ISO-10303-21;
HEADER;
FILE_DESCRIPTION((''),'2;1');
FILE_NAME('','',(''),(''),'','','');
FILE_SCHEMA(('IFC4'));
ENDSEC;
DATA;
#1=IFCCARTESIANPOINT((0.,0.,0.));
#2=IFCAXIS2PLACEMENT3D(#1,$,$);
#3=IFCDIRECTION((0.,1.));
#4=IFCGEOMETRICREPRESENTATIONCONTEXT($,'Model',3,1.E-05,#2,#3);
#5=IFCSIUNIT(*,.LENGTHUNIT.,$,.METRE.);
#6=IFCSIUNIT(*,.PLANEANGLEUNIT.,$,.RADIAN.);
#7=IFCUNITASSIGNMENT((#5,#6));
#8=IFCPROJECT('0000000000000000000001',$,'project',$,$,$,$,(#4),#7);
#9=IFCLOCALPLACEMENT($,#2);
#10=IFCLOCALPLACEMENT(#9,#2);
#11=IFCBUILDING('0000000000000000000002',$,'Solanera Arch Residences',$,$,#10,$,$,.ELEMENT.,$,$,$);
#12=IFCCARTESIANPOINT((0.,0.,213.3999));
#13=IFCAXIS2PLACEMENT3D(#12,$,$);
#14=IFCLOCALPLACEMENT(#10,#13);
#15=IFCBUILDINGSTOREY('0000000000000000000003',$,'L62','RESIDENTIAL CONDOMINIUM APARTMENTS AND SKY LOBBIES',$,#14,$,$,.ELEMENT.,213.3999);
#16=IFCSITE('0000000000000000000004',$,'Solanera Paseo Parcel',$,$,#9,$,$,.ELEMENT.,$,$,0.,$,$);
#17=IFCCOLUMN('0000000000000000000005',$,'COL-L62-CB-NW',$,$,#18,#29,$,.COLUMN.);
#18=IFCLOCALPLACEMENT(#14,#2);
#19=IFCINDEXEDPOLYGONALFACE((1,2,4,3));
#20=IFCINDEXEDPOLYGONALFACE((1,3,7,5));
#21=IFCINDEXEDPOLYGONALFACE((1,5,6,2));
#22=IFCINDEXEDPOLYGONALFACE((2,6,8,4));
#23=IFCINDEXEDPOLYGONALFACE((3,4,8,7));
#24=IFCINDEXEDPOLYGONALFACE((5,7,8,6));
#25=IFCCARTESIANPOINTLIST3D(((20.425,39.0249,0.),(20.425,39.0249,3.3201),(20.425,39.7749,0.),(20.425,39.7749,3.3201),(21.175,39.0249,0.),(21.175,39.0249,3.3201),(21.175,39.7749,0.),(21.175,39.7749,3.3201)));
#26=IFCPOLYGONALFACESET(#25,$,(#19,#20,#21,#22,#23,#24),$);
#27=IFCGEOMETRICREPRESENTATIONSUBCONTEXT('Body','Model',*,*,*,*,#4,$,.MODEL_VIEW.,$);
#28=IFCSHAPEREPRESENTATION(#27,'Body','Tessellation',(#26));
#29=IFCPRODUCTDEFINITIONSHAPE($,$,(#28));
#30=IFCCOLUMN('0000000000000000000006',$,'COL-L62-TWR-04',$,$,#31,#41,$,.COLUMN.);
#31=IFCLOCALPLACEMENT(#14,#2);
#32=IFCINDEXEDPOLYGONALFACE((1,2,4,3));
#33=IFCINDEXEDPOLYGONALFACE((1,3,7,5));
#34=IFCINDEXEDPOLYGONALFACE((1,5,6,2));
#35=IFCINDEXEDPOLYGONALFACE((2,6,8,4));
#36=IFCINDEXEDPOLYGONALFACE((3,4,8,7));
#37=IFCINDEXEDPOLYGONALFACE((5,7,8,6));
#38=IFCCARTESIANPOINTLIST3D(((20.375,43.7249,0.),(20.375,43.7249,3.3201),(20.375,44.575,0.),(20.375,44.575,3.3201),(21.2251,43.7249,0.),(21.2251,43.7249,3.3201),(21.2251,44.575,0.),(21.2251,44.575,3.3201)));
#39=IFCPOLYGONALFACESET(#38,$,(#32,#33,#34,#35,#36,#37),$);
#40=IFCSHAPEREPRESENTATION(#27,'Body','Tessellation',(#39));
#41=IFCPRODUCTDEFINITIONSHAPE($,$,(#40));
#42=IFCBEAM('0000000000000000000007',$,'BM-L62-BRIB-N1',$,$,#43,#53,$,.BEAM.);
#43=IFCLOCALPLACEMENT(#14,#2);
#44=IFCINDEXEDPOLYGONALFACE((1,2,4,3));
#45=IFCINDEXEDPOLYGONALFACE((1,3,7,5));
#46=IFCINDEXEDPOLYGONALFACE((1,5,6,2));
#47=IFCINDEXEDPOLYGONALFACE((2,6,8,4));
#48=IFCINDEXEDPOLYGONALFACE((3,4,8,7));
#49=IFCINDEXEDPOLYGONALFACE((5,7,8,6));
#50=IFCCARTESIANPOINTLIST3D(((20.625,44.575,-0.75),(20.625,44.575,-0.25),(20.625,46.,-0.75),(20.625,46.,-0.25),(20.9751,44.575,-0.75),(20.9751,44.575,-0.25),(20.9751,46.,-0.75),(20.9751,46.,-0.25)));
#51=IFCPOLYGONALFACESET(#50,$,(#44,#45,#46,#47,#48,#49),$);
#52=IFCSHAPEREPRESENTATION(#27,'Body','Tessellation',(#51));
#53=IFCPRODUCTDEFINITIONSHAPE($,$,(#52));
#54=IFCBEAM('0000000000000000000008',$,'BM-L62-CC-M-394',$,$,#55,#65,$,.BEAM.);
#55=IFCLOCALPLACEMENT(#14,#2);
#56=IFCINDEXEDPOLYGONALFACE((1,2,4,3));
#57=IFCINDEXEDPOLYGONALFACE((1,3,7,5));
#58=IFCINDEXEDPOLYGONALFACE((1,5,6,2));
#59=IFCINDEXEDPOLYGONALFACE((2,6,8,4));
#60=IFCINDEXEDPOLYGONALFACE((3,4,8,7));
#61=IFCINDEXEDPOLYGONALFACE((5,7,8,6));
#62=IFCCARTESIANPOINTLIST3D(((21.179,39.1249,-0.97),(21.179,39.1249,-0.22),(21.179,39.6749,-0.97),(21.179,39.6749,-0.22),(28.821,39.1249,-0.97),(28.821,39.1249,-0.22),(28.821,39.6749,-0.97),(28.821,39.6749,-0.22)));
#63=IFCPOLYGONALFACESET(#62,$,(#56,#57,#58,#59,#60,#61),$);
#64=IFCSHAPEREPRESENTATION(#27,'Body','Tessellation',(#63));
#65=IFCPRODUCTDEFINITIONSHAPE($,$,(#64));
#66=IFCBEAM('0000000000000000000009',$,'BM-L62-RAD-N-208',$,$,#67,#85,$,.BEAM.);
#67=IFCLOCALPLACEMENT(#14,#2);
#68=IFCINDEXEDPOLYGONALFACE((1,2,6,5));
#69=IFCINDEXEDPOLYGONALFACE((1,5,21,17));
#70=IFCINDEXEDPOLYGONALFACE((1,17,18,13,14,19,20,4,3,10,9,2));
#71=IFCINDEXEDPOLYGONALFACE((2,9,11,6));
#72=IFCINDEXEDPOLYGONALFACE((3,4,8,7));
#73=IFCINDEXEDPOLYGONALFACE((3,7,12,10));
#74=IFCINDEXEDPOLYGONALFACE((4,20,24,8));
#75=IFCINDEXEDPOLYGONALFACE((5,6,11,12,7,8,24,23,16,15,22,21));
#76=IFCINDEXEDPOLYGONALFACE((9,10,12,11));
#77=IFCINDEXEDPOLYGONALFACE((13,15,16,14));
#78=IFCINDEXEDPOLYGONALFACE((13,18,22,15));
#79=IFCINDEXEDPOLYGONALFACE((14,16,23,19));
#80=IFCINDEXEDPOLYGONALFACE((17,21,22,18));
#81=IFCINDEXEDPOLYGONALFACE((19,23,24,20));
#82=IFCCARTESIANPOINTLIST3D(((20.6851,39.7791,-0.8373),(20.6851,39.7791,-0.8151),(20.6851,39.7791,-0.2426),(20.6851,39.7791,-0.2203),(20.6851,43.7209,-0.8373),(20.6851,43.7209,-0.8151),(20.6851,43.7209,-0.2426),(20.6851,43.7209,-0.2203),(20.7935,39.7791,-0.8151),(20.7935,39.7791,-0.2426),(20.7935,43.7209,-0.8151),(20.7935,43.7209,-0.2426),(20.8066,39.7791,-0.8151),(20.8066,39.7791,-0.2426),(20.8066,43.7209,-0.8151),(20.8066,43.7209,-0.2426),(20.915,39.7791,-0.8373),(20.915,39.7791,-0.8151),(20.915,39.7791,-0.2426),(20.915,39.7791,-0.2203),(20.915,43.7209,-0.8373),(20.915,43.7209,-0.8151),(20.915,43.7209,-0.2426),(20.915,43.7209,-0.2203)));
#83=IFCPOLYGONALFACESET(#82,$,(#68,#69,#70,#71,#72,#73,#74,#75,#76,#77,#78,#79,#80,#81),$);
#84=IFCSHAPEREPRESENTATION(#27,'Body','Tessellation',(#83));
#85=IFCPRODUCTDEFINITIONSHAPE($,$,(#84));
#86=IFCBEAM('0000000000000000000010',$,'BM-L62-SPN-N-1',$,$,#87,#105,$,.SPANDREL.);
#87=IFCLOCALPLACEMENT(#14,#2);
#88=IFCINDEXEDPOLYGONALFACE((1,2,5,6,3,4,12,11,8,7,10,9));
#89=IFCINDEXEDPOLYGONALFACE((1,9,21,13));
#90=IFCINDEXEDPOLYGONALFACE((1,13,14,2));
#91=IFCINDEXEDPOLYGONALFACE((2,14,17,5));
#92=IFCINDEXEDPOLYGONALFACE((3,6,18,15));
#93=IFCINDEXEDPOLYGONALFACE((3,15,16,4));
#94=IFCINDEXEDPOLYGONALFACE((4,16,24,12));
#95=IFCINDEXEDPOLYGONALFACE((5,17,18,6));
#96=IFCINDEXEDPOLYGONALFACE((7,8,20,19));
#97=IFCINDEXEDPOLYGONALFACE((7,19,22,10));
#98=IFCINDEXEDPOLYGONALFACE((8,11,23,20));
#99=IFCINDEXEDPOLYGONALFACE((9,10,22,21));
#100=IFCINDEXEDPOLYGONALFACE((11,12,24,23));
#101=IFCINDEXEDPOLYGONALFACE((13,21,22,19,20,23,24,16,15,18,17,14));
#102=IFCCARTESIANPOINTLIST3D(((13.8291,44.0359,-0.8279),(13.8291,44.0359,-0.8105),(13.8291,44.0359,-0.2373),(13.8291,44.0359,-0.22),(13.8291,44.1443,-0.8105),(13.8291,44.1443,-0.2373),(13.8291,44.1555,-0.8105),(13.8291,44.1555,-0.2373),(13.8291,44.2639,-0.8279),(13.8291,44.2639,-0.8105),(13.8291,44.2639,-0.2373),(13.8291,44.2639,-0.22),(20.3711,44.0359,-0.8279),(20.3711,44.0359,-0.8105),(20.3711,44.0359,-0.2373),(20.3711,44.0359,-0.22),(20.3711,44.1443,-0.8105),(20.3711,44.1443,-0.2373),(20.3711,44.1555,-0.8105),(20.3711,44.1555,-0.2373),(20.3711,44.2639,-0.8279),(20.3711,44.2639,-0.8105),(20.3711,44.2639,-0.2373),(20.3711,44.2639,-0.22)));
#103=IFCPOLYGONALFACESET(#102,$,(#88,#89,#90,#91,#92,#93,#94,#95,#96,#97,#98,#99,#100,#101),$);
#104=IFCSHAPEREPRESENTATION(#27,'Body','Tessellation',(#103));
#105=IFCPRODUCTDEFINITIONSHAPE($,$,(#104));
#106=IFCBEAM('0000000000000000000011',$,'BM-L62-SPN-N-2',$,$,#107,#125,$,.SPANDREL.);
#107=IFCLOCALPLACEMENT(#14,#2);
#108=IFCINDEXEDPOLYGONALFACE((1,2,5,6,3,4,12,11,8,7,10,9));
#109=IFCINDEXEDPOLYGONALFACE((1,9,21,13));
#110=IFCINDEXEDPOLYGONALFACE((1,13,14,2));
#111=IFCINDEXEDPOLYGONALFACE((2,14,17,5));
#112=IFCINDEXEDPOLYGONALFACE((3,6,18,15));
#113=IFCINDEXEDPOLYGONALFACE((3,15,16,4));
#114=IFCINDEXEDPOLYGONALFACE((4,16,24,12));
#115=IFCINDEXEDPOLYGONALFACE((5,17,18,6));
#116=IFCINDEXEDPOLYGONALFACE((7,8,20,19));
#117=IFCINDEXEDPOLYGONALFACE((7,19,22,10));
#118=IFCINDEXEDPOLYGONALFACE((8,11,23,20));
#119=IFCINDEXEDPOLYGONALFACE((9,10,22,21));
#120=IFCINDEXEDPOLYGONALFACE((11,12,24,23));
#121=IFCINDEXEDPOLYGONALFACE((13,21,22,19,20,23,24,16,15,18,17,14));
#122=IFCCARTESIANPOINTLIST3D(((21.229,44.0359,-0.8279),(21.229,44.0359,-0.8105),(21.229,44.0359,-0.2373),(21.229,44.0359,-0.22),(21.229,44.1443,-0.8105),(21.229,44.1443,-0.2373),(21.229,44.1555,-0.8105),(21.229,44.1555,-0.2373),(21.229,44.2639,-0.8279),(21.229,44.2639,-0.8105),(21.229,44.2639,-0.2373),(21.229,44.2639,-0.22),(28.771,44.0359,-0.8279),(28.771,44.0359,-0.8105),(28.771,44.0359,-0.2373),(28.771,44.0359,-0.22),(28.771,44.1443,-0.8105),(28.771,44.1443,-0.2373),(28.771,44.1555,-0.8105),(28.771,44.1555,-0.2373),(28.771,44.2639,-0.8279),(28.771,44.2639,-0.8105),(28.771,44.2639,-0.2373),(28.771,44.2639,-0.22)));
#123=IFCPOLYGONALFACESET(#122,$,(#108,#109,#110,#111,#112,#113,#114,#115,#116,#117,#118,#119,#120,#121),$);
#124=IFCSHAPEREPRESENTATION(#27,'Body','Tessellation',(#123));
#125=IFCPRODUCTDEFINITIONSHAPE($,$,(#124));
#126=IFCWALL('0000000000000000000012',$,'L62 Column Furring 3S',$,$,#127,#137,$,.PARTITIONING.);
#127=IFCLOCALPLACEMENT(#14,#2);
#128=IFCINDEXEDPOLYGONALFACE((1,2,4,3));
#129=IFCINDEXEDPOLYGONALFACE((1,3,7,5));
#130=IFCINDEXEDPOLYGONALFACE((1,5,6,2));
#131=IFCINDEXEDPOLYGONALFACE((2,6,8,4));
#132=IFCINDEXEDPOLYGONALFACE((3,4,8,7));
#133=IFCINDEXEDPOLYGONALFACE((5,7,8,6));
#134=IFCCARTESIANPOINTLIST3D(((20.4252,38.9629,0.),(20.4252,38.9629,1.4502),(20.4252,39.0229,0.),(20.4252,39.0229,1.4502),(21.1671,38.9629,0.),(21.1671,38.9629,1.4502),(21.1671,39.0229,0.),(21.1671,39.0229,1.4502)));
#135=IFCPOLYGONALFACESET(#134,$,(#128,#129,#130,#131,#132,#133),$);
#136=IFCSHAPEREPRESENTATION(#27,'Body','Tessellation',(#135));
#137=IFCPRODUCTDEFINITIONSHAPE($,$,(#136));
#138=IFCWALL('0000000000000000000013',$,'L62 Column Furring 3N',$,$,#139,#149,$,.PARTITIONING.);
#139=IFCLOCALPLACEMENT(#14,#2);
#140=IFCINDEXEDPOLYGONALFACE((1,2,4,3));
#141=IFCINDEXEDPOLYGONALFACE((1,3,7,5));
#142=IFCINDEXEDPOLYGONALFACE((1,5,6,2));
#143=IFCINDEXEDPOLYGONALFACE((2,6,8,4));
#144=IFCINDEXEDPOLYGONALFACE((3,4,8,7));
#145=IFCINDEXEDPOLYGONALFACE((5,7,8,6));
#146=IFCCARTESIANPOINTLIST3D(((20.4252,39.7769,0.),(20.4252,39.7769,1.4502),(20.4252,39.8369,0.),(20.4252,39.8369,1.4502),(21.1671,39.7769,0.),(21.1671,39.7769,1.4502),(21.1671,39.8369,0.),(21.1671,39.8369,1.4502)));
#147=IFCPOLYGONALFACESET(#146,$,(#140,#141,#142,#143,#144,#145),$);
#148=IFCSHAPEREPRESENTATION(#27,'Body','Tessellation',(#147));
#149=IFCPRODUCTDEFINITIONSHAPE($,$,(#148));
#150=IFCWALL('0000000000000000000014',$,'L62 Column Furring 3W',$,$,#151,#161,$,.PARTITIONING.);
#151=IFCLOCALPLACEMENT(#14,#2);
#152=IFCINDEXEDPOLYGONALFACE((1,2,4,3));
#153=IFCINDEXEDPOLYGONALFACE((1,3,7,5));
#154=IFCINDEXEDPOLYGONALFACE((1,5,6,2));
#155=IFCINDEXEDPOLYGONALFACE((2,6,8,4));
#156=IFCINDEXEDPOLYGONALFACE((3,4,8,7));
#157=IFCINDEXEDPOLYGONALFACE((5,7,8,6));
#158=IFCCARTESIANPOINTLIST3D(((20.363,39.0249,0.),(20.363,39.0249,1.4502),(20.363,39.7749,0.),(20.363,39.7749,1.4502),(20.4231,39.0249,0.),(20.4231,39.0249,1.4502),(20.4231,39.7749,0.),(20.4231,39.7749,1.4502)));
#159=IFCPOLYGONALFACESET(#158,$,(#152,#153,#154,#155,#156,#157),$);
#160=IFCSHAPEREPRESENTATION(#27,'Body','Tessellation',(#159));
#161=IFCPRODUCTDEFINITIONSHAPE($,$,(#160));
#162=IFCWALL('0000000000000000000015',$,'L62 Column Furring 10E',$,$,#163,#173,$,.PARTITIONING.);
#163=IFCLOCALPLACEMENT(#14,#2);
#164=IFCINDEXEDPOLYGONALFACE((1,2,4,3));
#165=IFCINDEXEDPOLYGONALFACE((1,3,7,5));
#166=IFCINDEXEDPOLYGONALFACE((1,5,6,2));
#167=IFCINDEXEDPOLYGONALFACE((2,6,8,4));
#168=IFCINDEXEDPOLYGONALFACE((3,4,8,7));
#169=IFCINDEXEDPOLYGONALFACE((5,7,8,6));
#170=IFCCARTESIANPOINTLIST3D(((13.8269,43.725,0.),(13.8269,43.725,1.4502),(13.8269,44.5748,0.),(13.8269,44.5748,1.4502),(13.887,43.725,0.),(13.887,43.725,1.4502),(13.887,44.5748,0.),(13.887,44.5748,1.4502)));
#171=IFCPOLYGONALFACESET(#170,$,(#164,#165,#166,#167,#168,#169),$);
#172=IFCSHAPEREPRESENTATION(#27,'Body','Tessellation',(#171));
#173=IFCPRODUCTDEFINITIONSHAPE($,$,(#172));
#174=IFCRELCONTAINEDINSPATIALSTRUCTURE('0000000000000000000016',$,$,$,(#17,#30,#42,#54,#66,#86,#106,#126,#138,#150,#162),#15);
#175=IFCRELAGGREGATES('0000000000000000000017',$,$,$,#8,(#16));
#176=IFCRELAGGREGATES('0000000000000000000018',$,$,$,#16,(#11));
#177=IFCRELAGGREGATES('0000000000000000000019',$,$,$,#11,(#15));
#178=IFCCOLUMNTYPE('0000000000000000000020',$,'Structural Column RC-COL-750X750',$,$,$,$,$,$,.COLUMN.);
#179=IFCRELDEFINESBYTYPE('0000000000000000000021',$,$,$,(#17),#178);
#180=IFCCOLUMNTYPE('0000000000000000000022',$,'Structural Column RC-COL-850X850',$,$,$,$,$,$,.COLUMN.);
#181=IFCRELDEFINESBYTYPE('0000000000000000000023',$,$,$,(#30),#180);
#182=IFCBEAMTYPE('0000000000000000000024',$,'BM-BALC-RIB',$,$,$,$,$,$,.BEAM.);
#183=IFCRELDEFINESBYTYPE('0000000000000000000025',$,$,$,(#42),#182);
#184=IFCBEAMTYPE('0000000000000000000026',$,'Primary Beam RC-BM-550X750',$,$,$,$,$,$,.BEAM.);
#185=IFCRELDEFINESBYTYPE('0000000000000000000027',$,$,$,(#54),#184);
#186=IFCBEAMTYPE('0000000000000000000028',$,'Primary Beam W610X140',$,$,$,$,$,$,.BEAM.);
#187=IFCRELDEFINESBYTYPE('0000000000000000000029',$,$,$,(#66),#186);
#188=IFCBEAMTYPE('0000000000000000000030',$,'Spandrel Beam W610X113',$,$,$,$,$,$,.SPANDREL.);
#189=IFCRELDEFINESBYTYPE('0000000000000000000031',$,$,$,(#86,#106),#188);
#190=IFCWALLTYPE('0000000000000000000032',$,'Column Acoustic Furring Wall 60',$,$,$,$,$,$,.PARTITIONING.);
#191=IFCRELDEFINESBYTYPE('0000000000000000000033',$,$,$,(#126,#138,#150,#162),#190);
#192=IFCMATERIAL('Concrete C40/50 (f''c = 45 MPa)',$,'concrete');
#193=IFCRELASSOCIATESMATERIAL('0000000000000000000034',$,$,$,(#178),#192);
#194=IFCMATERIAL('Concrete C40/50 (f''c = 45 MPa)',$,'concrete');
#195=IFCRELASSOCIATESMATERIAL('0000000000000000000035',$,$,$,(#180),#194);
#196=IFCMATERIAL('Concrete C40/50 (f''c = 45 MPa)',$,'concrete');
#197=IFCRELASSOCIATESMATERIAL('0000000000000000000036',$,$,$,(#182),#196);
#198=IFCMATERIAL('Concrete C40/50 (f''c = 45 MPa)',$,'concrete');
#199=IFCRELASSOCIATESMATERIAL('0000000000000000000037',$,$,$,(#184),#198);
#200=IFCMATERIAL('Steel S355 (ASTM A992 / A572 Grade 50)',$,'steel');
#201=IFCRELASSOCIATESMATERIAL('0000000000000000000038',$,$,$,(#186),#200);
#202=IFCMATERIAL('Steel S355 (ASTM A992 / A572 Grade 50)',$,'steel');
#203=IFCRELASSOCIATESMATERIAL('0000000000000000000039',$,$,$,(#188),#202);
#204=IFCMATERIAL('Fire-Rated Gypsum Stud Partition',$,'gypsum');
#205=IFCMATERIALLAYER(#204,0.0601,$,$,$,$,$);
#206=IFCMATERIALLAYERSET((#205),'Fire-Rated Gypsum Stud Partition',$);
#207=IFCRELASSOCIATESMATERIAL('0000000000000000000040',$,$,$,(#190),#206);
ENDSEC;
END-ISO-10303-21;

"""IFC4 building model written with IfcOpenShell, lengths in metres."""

from ifc_helpers import new_model, si_unit, direction, frame, frame_2d, origin, origin_2d, place, context, subcontext, project, spatial, rectangle, i_section, extrude, material, layer, layer_set, material_profile, profile_set, type_object, element, save


model = new_model("IFC4")

# Units and contexts
model_context = context("Model", 3, precision=1e-05, world=origin(), true_north=direction((0.0, 1.0)))
body_context = subcontext(model_context, "Body", "Model", "MODEL_VIEW")
ifc_project = project(units=[si_unit("LENGTHUNIT", "METRE"), si_unit("PLANEANGLEUNIT", "RADIAN")], contexts=[model_context])

# Site, building, storey
site_placement = place(None, origin())
site = spatial("IfcSite", under=ifc_project, at=site_placement, Name="Solanera Paseo Parcel", CompositionType="ELEMENT", RefElevation=0.0)
building_placement = place(site_placement, origin())
building = spatial("IfcBuilding", under=site, at=building_placement, Name="Solanera Arch Residences", CompositionType="ELEMENT")
storey_placement = place(building_placement, frame((0.0, 0.0, 213.3999)))
storey = spatial("IfcBuildingStorey", under=building, at=storey_placement, Name="L62", Description="RESIDENTIAL CONDOMINIUM APARTMENTS AND SKY LOBBIES", CompositionType="ELEMENT", Elevation=213.3999)

# Columns
ifc_material_1 = material(Name="Concrete C40/50 (f'c = 45 MPa)", Category="concrete")
ifc_material_profile_1 = material_profile(ifc_material_1, rectangle(XDim=0.75, YDim=0.75, at=origin_2d()))
ifc_profile_set_1 = profile_set([ifc_material_profile_1], Name="Concrete C40/50 (f'c = 45 MPa)")
column_type_1 = type_object("IfcColumnType", Name="Structural Column RC-COL-750X750", PredefinedType="COLUMN", material=ifc_profile_set_1)
column_1_placement = place(storey_placement, frame((20.8, 39.3999, 0.0), z_axis=(0.0, 0.0, 1.0), x_axis=(1.0, 0.0, 0.0)))
element("IfcColumn", 1, at=column_1_placement, inside=storey, type_object=column_type_1, Name="COL-L62-CB-NW", PredefinedType="COLUMN", context=body_context, shape_type="SweptSolid", body=[
    extrude(rectangle(XDim=0.75, YDim=0.75, at=origin_2d()), origin(), (0.0, 0.0, 1.0), 3.3201),
])
ifc_material_2 = material(Name="Concrete C40/50 (f'c = 45 MPa)", Category="concrete")
ifc_material_profile_2 = material_profile(ifc_material_2, rectangle(XDim=0.8501, YDim=0.8501, at=origin_2d()))
ifc_profile_set_2 = profile_set([ifc_material_profile_2], Name="Concrete C40/50 (f'c = 45 MPa)")
column_type_2 = type_object("IfcColumnType", Name="Structural Column RC-COL-850X850", PredefinedType="COLUMN", material=ifc_profile_set_2)
column_2_placement = place(storey_placement, frame((20.8, 44.1499, 0.0), z_axis=(0.0, 0.0, 1.0), x_axis=(1.0, 0.0, 0.0)))
element("IfcColumn", 2, at=column_2_placement, inside=storey, type_object=column_type_2, Name="COL-L62-TWR-04", PredefinedType="COLUMN", context=body_context, shape_type="SweptSolid", body=[
    extrude(rectangle(XDim=0.8501, YDim=0.8501, at=origin_2d()), origin(), (0.0, 0.0, 1.0), 3.3201),
])

# Beams
ifc_material_3 = material(Name="Concrete C40/50 (f'c = 45 MPa)", Category="concrete")
ifc_material_profile_3 = material_profile(ifc_material_3, rectangle(XDim=0.3501, YDim=0.5, at=origin_2d()))
ifc_profile_set_3 = profile_set([ifc_material_profile_3], Name="Concrete C40/50 (f'c = 45 MPa)")
beam_type_1 = type_object("IfcBeamType", Name="BM-BALC-RIB", PredefinedType="BEAM", material=ifc_profile_set_3)
beam_1_placement = place(storey_placement, frame((20.8, 44.575, -0.5), z_axis=(0.0, 1.0, 0.0), x_axis=(-1.0, 0.0, 0.0)))
element("IfcBeam", 3, at=beam_1_placement, inside=storey, type_object=beam_type_1, Name="BM-L62-BRIB-N1", PredefinedType="BEAM", context=body_context, shape_type="SweptSolid", body=[
    extrude(rectangle(XDim=0.3501, YDim=0.5, at=origin_2d()), origin(), (0.0, 0.0, 1.0), 1.425),
])
ifc_material_4 = material(Name="Concrete C40/50 (f'c = 45 MPa)", Category="concrete")
ifc_material_profile_4 = material_profile(ifc_material_4, rectangle(XDim=0.55, YDim=0.75, at=origin_2d()))
ifc_profile_set_4 = profile_set([ifc_material_profile_4], Name="Concrete C40/50 (f'c = 45 MPa)")
beam_type_2 = type_object("IfcBeamType", Name="Primary Beam RC-BM-550X750", PredefinedType="BEAM", material=ifc_profile_set_4)
beam_2_placement = place(storey_placement, frame((21.179, 39.3999, -0.595), z_axis=(1.0, 0.0, 0.0), x_axis=(0.0, 1.0, 0.0)))
element("IfcBeam", 4, at=beam_2_placement, inside=storey, type_object=beam_type_2, Name="BM-L62-CC-M-394", PredefinedType="BEAM", context=body_context, shape_type="SweptSolid", body=[
    extrude(rectangle(XDim=0.55, YDim=0.75, at=origin_2d()), origin(), (0.0, 0.0, 1.0), 7.6421),
])
ifc_material_5 = material(Name="Steel S355 (ASTM A992 / A572 Grade 50)", Category="steel")
ifc_material_profile_5 = material_profile(ifc_material_5, i_section(OverallWidth=0.23, OverallDepth=0.6169, WebThickness=0.0132, FlangeThickness=0.0222, at=origin_2d()))
ifc_profile_set_5 = profile_set([ifc_material_profile_5], Name="Steel S355 (ASTM A992 / A572 Grade 50)")
beam_type_3 = type_object("IfcBeamType", Name="Primary Beam W610X140", PredefinedType="BEAM", material=ifc_profile_set_5)
beam_3_placement = place(storey_placement, frame((20.8, 39.7791, -0.5288), z_axis=(0.0, 1.0, 0.0), x_axis=(-1.0, 0.0, 0.0)))
element("IfcBeam", 5, at=beam_3_placement, inside=storey, type_object=beam_type_3, Name="BM-L62-RAD-N-208", PredefinedType="BEAM", context=body_context, shape_type="SweptSolid", body=[
    extrude(i_section(OverallWidth=0.23, OverallDepth=0.6169, WebThickness=0.0132, FlangeThickness=0.0222, at=origin_2d()), origin(), (0.0, 0.0, 1.0), 3.9419),
])
ifc_material_6 = material(Name="Steel S355 (ASTM A992 / A572 Grade 50)", Category="steel")
ifc_material_profile_6 = material_profile(ifc_material_6, i_section(OverallWidth=0.228, OverallDepth=0.6079, WebThickness=0.0112, FlangeThickness=0.0173, at=origin_2d()))
ifc_profile_set_6 = profile_set([ifc_material_profile_6], Name="Steel S355 (ASTM A992 / A572 Grade 50)")
beam_type_4 = type_object("IfcBeamType", Name="Spandrel Beam W610X113", PredefinedType="SPANDREL", material=ifc_profile_set_6)
beam_4_placement = place(storey_placement, frame((13.8291, 44.1499, -0.5239), z_axis=(1.0, 0.0, 0.0), x_axis=(0.0, 1.0, 0.0)))
element("IfcBeam", 6, at=beam_4_placement, inside=storey, type_object=beam_type_4, Name="BM-L62-SPN-N-1", PredefinedType="SPANDREL", context=body_context, shape_type="SweptSolid", body=[
    extrude(i_section(OverallWidth=0.228, OverallDepth=0.6079, WebThickness=0.0112, FlangeThickness=0.0173, at=origin_2d()), origin(), (0.0, 0.0, 1.0), 6.542),
])
beam_5_placement = place(storey_placement, frame((21.229, 44.1499, -0.5239), z_axis=(1.0, 0.0, 0.0), x_axis=(0.0, 1.0, 0.0)))
element("IfcBeam", 7, at=beam_5_placement, inside=storey, type_object=beam_type_4, Name="BM-L62-SPN-N-2", PredefinedType="SPANDREL", context=body_context, shape_type="SweptSolid", body=[
    extrude(i_section(OverallWidth=0.228, OverallDepth=0.6079, WebThickness=0.0112, FlangeThickness=0.0173, at=origin_2d()), origin(), (0.0, 0.0, 1.0), 7.542),
])

# Walls
ifc_material_7 = material(Name="Fire-Rated Gypsum Stud Partition", Category="gypsum")
ifc_layer_1 = layer(ifc_material_7, 0.0601)
ifc_layer_set_1 = layer_set([ifc_layer_1], Name="Fire-Rated Gypsum Stud Partition")
wall_type_1 = type_object("IfcWallType", Name="Column Acoustic Furring Wall 60", PredefinedType="PARTITIONING", material=ifc_layer_set_1)
for number, where, z_axis, x_axis, name in (
    (8, (20.425, 38.9929, 0.0), (0.0, 0.0, 1.0), (1.0, 0.0, 0.0), "L62 Column Furring 3S"),
    (9, (20.425, 39.8069, 0.0), (0.0, 0.0, 1.0), (1.0, 0.0, 0.0), "L62 Column Furring 3N"),
):
    element("IfcWall", number, at=place(storey_placement, frame(where, z_axis=z_axis, x_axis=x_axis)), inside=storey, type_object=wall_type_1, Name=name, PredefinedType="PARTITIONING", context=body_context, shape_type="SweptSolid", body=[
        extrude(rectangle(XDim=0.7419, YDim=0.0601, at=frame_2d((0.3711, 0.0))), origin(), (0.0, 0.0, 1.0), 1.4502),
    ])
wall_1_placement = place(storey_placement, frame((20.3931, 39.0249, 0.0), z_axis=(0.0, 0.0, 1.0), x_axis=(0.0, 1.0, 0.0)))
element("IfcWall", 10, at=wall_1_placement, inside=storey, type_object=wall_type_1, Name="L62 Column Furring 3W", PredefinedType="PARTITIONING", context=body_context, shape_type="SweptSolid", body=[
    extrude(rectangle(XDim=0.75, YDim=0.0601, at=frame_2d((0.375, 0.0))), origin(), (0.0, 0.0, 1.0), 1.4502),
])
wall_2_placement = place(storey_placement, frame((13.8569, 43.7251, 0.0), z_axis=(0.0, 0.0, 1.0), x_axis=(0.0, 1.0, 0.0)))
element("IfcWall", 11, at=wall_2_placement, inside=storey, type_object=wall_type_1, Name="L62 Column Furring 10E", PredefinedType="PARTITIONING", context=body_context, shape_type="SweptSolid", body=[
    extrude(rectangle(XDim=0.8499, YDim=0.0601, at=frame_2d((0.4248, 0.0))), origin(), (0.0, 0.0, 1.0), 1.4502),
])

save(model, "model.ifc")
